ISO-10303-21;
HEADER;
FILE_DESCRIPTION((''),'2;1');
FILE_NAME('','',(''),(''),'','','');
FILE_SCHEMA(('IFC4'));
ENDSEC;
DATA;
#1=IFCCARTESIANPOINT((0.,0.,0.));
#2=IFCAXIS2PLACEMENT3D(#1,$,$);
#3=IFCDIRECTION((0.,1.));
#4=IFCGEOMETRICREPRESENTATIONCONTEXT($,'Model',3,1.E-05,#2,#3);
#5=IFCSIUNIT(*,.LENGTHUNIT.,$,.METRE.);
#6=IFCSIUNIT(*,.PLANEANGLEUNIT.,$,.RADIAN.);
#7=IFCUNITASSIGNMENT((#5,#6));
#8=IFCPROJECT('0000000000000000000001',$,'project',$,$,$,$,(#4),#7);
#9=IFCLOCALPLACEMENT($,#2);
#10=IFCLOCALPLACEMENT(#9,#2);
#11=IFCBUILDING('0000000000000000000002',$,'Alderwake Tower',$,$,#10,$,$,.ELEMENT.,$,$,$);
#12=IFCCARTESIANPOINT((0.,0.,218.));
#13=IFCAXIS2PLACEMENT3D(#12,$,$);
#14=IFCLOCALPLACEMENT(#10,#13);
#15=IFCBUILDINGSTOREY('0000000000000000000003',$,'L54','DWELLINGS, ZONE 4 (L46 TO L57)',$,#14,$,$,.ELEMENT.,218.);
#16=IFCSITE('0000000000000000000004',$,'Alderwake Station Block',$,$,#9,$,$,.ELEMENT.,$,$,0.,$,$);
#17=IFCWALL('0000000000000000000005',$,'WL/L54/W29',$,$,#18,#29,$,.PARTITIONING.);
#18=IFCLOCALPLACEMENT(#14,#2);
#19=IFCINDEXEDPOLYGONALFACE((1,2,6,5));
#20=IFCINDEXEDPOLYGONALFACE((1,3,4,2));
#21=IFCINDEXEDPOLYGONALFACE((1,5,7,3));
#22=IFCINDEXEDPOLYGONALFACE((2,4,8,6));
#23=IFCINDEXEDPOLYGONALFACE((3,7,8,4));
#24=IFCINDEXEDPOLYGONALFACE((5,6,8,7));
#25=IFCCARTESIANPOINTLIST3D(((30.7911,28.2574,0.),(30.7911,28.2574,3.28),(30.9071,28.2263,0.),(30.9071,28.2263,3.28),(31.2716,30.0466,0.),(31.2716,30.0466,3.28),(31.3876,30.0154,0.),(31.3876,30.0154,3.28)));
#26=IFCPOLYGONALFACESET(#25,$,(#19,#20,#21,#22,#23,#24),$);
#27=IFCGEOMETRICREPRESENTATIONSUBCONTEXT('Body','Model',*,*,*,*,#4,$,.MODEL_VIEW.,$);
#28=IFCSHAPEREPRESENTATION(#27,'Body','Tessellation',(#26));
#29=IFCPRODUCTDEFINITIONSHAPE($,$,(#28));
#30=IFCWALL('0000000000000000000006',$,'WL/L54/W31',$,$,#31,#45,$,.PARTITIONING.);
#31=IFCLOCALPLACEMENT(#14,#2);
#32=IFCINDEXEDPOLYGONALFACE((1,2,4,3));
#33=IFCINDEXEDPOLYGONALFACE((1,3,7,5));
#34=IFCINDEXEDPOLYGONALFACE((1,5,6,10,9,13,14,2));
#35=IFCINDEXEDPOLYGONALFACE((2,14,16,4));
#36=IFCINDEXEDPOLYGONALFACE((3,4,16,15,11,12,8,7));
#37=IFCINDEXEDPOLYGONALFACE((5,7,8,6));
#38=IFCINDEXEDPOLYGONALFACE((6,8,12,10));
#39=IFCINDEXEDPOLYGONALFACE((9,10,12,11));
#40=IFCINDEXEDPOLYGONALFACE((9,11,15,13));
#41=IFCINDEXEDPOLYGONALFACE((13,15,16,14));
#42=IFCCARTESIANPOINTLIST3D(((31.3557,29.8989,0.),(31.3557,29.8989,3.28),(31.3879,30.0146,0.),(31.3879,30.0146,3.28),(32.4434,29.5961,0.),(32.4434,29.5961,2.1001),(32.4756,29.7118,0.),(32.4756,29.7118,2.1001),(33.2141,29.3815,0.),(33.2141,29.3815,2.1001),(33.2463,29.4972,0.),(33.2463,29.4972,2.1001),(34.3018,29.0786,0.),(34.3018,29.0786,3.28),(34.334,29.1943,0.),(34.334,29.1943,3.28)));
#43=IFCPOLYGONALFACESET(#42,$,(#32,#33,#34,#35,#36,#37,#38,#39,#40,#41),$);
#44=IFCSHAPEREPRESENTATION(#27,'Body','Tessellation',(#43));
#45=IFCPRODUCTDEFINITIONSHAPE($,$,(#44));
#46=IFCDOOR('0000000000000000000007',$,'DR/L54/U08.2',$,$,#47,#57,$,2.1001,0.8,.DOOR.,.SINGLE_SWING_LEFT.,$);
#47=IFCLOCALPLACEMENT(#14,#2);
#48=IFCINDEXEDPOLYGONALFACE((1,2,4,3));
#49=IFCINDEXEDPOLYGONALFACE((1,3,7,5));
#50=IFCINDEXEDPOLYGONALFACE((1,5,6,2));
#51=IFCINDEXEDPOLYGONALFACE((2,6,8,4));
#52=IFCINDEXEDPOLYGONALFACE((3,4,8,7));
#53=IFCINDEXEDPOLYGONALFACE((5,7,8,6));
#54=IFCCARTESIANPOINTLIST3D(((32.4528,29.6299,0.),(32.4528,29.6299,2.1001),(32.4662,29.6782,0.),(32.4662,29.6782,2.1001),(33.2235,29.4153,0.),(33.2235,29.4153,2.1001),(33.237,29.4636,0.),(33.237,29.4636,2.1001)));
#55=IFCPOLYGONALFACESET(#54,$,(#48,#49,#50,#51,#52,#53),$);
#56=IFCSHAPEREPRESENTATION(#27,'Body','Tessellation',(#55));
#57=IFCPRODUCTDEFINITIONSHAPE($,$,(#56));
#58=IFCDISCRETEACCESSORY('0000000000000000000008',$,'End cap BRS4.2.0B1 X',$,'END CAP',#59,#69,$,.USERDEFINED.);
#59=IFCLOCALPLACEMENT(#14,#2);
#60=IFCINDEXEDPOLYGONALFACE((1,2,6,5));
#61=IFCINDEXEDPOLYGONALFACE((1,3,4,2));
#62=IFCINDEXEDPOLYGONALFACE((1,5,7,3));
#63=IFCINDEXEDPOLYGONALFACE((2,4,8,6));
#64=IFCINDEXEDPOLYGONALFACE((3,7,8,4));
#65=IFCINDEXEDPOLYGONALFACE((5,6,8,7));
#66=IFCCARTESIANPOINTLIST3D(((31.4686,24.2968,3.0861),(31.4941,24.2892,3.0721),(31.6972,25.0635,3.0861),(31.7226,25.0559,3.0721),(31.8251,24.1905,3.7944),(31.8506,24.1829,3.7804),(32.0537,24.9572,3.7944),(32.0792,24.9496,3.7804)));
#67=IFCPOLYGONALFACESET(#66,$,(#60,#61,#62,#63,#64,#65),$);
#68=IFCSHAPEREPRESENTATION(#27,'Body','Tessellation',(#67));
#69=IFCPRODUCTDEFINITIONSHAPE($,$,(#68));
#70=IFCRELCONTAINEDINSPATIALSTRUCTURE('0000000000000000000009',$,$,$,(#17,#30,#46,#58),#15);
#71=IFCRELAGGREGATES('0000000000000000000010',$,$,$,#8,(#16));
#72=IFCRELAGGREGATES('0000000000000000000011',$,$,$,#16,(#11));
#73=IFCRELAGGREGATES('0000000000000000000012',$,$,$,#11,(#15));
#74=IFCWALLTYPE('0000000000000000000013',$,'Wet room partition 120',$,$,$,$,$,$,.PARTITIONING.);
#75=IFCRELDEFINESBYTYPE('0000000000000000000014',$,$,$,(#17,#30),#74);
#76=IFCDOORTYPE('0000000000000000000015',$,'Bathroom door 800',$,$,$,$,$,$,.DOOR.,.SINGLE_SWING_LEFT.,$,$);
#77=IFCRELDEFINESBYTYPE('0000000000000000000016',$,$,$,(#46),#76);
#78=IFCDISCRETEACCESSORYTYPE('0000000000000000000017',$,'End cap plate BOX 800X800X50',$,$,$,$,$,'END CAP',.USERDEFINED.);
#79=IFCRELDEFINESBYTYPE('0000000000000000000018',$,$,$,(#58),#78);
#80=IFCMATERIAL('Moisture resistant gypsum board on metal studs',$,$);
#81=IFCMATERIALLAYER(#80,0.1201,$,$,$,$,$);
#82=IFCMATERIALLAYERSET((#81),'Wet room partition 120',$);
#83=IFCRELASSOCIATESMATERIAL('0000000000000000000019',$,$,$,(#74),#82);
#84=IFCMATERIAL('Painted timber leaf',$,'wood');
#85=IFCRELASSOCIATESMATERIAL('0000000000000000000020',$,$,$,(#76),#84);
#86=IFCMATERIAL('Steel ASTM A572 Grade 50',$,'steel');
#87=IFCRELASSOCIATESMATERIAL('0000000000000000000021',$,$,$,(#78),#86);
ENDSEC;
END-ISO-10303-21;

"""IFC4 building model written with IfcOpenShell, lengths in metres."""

from ifc_helpers import new_model, si_unit, direction, frame, frame_2d, origin, origin_2d, place, context, subcontext, project, spatial, rectangle, extrude, material, layer, layer_set, material_profile, profile_set, type_object, element, fill, save


model = new_model("IFC4")

# Units and contexts
model_context = context("Model", 3, precision=1e-05, world=origin(), true_north=direction((0.0, 1.0)))
body_context = subcontext(model_context, "Body", "Model", "MODEL_VIEW")
ifc_project = project(units=[si_unit("LENGTHUNIT", "METRE"), si_unit("PLANEANGLEUNIT", "RADIAN")], contexts=[model_context])

# Site, building, storey
site_placement = place(None, origin())
site = spatial("IfcSite", under=ifc_project, at=site_placement, Name="Alderwake Station Block", CompositionType="ELEMENT", RefElevation=0.0)
building_placement = place(site_placement, origin())
building = spatial("IfcBuilding", under=site, at=building_placement, Name="Alderwake Tower", CompositionType="ELEMENT")
storey_placement = place(building_placement, frame((0.0, 0.0, 218.0)))
storey = spatial("IfcBuildingStorey", under=building, at=storey_placement, Name="L54", Description="DWELLINGS, ZONE 4 (L46 TO L57)", CompositionType="ELEMENT", Elevation=218.0)

# Wall
ifc_material_1 = material(Name="Moisture resistant gypsum board on metal studs")
ifc_layer_1 = layer(ifc_material_1, 0.1201)
ifc_layer_set_1 = layer_set([ifc_layer_1], Name="Wet room partition 120")
wall_type_1 = type_object("IfcWallType", Name="Wet room partition 120", PredefinedType="PARTITIONING", material=ifc_layer_set_1)
wall_1_placement = place(storey_placement, frame((31.3296, 30.031, 0.0), z_axis=(0.0, 0.0, 1.0), x_axis=(-0.259368, -0.965778, 0.0)))
element("IfcWall", 1, at=wall_1_placement, inside=storey, type_object=wall_type_1, Name="WL/L54/W29", PredefinedType="PARTITIONING", context=body_context, shape_type="SweptSolid", body=[
    extrude(rectangle(XDim=1.8525, YDim=0.1201, at=frame_2d((0.9263, 0.0))), origin(), (0.0, 0.0, 1.0), 3.28),
])

# Wall, opening, door
wall_2_placement = place(storey_placement, frame((34.3179, 29.1365, 0.0), z_axis=(0.0, 0.0, 1.0), x_axis=(-0.963352, 0.268241, 0.0)))
wall_2 = element("IfcWall", 2, at=wall_2_placement, inside=storey, type_object=wall_type_1, Name="WL/L54/W31", PredefinedType="PARTITIONING", context=body_context, shape_type="SweptSolid", body=[
    extrude(rectangle(XDim=3.0581, YDim=0.1201, at=frame_2d((1.5291, 0.0))), origin(), (0.0, 0.0, 1.0), 3.28),
])
opening_1_placement = place(wall_2_placement, frame((1.1292, 0.0, 0.0)))
opening_1 = element("IfcOpeningElement", 3, at=opening_1_placement, cuts=wall_2, PredefinedType="OPENING", context=body_context, shape_type="SweptSolid", body=[
    extrude(rectangle(XDim=0.8, YDim=2.1001, at=frame_2d((0.3999, 1.05))), frame((0.0, 0.0701, 0.0), z_axis=(0.0, -1.0, 0.0), x_axis=(1.0, 0.0, 0.0)), (0.0, 0.0, 1.0), 0.1401),
])
ifc_material_2 = material(Name="Painted timber leaf", Category="wood")
door_type_1 = type_object("IfcDoorType", Name="Bathroom door 800", OperationType="SINGLE_SWING_LEFT", PredefinedType="DOOR", material=ifc_material_2)
door_1_placement = place(opening_1_placement, origin())
door_1 = element("IfcDoor", 4, at=door_1_placement, inside=storey, type_object=door_type_1, Name="DR/L54/U08.2", OperationType="SINGLE_SWING_LEFT", OverallHeight=2.1001, OverallWidth=0.8, PredefinedType="DOOR", context=body_context, shape_type="SweptSolid", body=[
    extrude(rectangle(XDim=0.8, YDim=2.1001, at=frame_2d((0.3999, 1.05))), frame((0.0, 0.0249, 0.0), z_axis=(0.0, -1.0, 0.0), x_axis=(1.0, 0.0, 0.0)), (0.0, 0.0, 1.0), 0.05),
])
fill(opening_1, door_1)

# Discrete accessory
ifc_material_3 = material(Name="Steel ASTM A572 Grade 50", Category="steel")
ifc_material_profile_1 = material_profile(ifc_material_3, rectangle(XDim=0.8, YDim=0.8, at=origin_2d()), Name="BOX 800X800X50 cap")
ifc_profile_set_1 = profile_set([ifc_material_profile_1], Name="Steel ASTM A572 Grade 50")
discrete_accessory_type = type_object("IfcDiscreteAccessoryType", Name="End cap plate BOX 800X800X50", ElementType="END CAP", PredefinedType="USERDEFINED", material=ifc_profile_set_1)
discrete_accessory_placement = place(storey_placement, frame((31.7866, 24.6194, 3.4263), z_axis=(-0.848421, 0.252895, 0.465), x_axis=(-0.285657, -0.958332, 0.0)))
element("IfcDiscreteAccessory", 5, at=discrete_accessory_placement, inside=storey, type_object=discrete_accessory_type, Name="End cap BRS4.2.0B1 X", ObjectType="END CAP", PredefinedType="USERDEFINED", context=body_context, shape_type="SweptSolid", body=[
    extrude(rectangle(XDim=0.8, YDim=0.8, at=origin_2d()), origin(), (0.0, 0.0, 1.0), 0.03),
])

save(model, "model.ifc")
